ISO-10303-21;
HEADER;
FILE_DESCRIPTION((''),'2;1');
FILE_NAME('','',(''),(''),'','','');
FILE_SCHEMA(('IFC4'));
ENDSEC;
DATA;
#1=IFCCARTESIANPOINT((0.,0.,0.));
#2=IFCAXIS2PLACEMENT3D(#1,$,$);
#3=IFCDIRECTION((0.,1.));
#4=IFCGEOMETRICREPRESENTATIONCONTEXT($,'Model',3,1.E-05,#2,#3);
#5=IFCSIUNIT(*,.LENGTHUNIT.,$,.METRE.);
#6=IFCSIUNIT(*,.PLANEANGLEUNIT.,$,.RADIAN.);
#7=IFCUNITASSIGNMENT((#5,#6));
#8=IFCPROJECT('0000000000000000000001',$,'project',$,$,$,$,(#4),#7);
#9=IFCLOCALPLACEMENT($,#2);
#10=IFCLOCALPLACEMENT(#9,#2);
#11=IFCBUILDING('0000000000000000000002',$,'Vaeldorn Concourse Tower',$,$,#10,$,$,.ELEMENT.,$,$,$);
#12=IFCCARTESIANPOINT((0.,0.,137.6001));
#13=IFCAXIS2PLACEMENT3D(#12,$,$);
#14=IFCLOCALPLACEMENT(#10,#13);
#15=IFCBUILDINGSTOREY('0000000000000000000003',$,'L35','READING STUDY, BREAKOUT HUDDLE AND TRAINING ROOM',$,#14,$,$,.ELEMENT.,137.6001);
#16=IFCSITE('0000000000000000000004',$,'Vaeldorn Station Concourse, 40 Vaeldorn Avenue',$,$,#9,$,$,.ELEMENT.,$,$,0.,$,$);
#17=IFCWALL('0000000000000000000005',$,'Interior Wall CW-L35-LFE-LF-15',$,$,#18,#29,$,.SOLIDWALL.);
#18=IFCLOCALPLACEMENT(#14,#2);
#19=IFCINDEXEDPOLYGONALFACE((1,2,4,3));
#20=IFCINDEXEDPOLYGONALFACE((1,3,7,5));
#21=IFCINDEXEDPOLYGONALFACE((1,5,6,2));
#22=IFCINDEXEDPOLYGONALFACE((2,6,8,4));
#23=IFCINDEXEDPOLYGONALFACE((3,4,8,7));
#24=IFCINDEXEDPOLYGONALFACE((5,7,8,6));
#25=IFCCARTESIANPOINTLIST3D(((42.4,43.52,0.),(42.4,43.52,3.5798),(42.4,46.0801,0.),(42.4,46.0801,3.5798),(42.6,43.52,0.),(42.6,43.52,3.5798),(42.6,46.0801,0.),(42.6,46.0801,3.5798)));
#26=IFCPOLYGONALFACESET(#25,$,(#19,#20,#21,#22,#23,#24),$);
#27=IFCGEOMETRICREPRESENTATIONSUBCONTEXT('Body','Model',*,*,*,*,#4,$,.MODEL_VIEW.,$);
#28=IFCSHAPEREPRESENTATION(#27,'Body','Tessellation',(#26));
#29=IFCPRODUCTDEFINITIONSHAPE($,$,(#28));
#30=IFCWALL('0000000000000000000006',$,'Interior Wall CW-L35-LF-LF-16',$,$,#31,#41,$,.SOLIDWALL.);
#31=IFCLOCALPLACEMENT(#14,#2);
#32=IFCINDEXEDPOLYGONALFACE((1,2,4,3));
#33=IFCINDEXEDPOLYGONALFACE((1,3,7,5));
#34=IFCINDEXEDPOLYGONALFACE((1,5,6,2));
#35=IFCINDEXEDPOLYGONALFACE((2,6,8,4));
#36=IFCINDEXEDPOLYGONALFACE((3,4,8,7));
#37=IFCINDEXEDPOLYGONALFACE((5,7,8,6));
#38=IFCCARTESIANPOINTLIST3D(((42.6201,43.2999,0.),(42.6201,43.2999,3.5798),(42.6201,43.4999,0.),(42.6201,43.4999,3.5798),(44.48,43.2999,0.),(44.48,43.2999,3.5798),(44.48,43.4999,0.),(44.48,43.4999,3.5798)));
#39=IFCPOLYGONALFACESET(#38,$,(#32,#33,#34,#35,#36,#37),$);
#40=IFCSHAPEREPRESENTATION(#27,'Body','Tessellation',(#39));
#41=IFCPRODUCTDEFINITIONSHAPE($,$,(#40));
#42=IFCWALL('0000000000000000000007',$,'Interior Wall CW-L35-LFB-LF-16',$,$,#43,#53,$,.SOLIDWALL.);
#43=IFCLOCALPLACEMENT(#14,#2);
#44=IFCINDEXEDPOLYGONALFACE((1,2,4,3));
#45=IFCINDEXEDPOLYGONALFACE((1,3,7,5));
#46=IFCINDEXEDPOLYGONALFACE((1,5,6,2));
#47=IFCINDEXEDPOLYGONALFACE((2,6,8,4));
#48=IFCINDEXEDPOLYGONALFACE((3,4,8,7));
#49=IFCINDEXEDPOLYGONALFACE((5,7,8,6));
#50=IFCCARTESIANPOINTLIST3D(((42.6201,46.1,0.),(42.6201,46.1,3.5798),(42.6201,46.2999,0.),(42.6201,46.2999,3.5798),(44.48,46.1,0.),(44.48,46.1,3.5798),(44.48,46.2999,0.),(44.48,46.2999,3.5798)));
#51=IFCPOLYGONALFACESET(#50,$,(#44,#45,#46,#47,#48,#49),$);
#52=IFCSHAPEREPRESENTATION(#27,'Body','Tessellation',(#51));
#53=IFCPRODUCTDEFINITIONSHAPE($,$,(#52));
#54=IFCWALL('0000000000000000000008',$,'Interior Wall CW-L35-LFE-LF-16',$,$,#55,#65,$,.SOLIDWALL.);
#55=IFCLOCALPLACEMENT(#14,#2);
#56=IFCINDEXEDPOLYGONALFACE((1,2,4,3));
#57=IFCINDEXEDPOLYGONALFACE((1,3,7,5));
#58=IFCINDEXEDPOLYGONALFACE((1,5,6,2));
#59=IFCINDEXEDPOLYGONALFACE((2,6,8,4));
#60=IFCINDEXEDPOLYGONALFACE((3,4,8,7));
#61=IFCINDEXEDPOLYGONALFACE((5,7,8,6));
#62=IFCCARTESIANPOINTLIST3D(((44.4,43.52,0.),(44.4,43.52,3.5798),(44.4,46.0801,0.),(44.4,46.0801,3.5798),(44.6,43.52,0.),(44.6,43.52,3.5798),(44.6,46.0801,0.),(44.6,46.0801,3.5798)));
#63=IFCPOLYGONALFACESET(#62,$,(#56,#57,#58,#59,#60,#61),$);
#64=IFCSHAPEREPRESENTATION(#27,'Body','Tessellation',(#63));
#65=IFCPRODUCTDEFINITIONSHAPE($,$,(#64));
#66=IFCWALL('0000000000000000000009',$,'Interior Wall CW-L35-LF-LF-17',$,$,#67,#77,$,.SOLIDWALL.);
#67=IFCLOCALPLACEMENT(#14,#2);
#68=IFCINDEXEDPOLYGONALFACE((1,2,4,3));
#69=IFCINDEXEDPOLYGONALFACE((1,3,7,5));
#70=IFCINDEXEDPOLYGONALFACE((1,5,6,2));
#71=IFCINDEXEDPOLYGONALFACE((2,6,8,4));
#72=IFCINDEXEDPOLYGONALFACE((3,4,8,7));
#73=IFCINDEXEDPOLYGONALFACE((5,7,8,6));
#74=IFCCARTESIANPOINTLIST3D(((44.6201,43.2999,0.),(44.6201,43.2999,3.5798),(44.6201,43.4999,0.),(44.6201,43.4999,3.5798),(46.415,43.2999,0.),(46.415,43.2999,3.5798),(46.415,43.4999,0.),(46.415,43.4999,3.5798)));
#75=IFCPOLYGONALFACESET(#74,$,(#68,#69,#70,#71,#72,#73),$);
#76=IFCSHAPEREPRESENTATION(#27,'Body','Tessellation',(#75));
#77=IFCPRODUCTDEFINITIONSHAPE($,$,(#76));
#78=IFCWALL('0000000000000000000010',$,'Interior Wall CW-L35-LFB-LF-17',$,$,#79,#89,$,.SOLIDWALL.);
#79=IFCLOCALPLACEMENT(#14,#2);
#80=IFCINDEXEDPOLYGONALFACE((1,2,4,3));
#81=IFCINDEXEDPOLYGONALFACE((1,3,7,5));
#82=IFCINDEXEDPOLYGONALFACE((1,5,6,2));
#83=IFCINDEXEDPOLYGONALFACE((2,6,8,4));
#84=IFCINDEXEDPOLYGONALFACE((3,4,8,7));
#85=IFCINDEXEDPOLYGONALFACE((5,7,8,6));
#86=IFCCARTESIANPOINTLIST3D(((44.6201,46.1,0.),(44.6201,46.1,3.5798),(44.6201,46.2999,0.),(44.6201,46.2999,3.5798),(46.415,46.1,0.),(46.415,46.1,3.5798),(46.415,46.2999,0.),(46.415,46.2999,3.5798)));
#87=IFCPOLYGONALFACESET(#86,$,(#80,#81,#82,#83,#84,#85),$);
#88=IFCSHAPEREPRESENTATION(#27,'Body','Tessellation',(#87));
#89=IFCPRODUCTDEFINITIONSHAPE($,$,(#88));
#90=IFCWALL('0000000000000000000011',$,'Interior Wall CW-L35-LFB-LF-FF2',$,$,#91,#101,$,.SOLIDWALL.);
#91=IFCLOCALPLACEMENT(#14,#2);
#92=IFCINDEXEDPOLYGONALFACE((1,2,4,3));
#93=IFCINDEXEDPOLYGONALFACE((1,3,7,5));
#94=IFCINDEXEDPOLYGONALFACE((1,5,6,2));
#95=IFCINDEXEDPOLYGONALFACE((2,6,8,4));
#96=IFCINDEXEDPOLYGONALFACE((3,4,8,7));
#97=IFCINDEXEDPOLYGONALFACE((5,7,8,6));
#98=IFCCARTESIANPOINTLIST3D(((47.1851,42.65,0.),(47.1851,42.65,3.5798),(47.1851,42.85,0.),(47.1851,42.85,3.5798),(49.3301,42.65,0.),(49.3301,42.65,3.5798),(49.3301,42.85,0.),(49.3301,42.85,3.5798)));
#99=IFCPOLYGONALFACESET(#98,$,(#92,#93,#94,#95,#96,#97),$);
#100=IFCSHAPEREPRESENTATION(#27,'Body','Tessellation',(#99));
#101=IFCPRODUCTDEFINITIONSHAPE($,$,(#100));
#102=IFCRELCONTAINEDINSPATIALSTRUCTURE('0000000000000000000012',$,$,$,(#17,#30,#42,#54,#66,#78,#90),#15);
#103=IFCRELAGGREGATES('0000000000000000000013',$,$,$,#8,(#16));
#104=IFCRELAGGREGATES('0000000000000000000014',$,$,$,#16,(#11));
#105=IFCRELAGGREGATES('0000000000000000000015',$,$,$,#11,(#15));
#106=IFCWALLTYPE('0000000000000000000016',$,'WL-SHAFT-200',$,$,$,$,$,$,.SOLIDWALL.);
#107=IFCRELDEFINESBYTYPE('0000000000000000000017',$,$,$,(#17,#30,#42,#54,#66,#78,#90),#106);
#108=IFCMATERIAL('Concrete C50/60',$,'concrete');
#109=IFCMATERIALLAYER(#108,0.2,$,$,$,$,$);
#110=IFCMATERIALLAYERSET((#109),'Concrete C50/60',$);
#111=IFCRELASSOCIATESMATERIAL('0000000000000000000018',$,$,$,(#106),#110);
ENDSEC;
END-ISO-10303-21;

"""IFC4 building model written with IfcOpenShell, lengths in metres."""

from ifc_helpers import new_model, si_unit, direction, frame, frame_2d, origin, place, context, subcontext, project, spatial, rectangle, extrude, material, layer, layer_set, type_object, element, save


model = new_model("IFC4")

# Units and contexts
model_context = context("Model", 3, precision=1e-05, world=origin(), true_north=direction((0.0, 1.0)))
body_context = subcontext(model_context, "Body", "Model", "MODEL_VIEW")
ifc_project = project(units=[si_unit("LENGTHUNIT", "METRE"), si_unit("PLANEANGLEUNIT", "RADIAN")], contexts=[model_context])

# Site, building, storey
site_placement = place(None, origin())
site = spatial("IfcSite", under=ifc_project, at=site_placement, Name="Vaeldorn Station Concourse, 40 Vaeldorn Avenue", CompositionType="ELEMENT", RefElevation=0.0)
building_placement = place(site_placement, origin())
building = spatial("IfcBuilding", under=site, at=building_placement, Name="Vaeldorn Concourse Tower", CompositionType="ELEMENT")
storey_placement = place(building_placement, frame((0.0, 0.0, 137.6001)))
storey = spatial("IfcBuildingStorey", under=building, at=storey_placement, Name="L35", Description="READING STUDY, BREAKOUT HUDDLE AND TRAINING ROOM", CompositionType="ELEMENT", Elevation=137.6001)

# Shared definitions
ifc_material_1 = material(Name="Concrete C50/60", Category="concrete")
ifc_layer_1 = layer(ifc_material_1, 0.2)
ifc_layer_set_1 = layer_set([ifc_layer_1], Name="Concrete C50/60")
wall_type_1 = type_object("IfcWallType", Name="WL-SHAFT-200", PredefinedType="SOLIDWALL", material=ifc_layer_set_1)

# Walls
for number, where, z_axis, x_axis, name in (
    (1, (42.5, 43.52, 0.0), (0.0, 0.0, 1.0), (0.0, 1.0, 0.0), "Interior Wall CW-L35-LFE-LF-15"),
):
    element("IfcWall", number, at=place(storey_placement, frame(where, z_axis=z_axis, x_axis=x_axis)), inside=storey, type_object=wall_type_1, Name=name, PredefinedType="SOLIDWALL", context=body_context, shape_type="SweptSolid", body=[
        extrude(rectangle(XDim=2.5601, YDim=0.2, at=frame_2d((1.28, 0.0))), origin(), (0.0, 0.0, 1.0), 3.5798),
    ])
for number, where, z_axis, x_axis, name in (
    (2, (42.6201, 43.3999, 0.0), (0.0, 0.0, 1.0), (1.0, 0.0, 0.0), "Interior Wall CW-L35-LF-LF-16"),
    (3, (42.6201, 46.2, 0.0), (0.0, 0.0, 1.0), (1.0, 0.0, 0.0), "Interior Wall CW-L35-LFB-LF-16"),
):
    element("IfcWall", number, at=place(storey_placement, frame(where, z_axis=z_axis, x_axis=x_axis)), inside=storey, type_object=wall_type_1, Name=name, PredefinedType="SOLIDWALL", context=body_context, shape_type="SweptSolid", body=[
        extrude(rectangle(XDim=1.8599, YDim=0.2, at=frame_2d((0.9299, 0.0))), origin(), (0.0, 0.0, 1.0), 3.5798),
    ])
wall_1_placement = place(storey_placement, frame((44.5, 43.52, 0.0), z_axis=(0.0, 0.0, 1.0), x_axis=(0.0, 1.0, 0.0)))
element("IfcWall", 4, at=wall_1_placement, inside=storey, type_object=wall_type_1, Name="Interior Wall CW-L35-LFE-LF-16", PredefinedType="SOLIDWALL", context=body_context, shape_type="SweptSolid", body=[
    extrude(rectangle(XDim=2.5601, YDim=0.2, at=frame_2d((1.28, 0.0))), origin(), (0.0, 0.0, 1.0), 3.5798),
])
for number, where, z_axis, x_axis, name in (
    (5, (44.6201, 43.3999, 0.0), (0.0, 0.0, 1.0), (1.0, 0.0, 0.0), "Interior Wall CW-L35-LF-LF-17"),
    (6, (44.6201, 46.2, 0.0), (0.0, 0.0, 1.0), (1.0, 0.0, 0.0), "Interior Wall CW-L35-LFB-LF-17"),
):
    element("IfcWall", number, at=place(storey_placement, frame(where, z_axis=z_axis, x_axis=x_axis)), inside=storey, type_object=wall_type_1, Name=name, PredefinedType="SOLIDWALL", context=body_context, shape_type="SweptSolid", body=[
        extrude(rectangle(XDim=1.7949, YDim=0.2, at=frame_2d((0.8975, 0.0))), origin(), (0.0, 0.0, 1.0), 3.5798),
    ])

# Wall
wall_2_placement = place(storey_placement, frame((47.1851, 42.75, 0.0), z_axis=(0.0, 0.0, 1.0), x_axis=(1.0, 0.0, 0.0)))
element("IfcWall", 7, at=wall_2_placement, inside=storey, type_object=wall_type_1, Name="Interior Wall CW-L35-LFB-LF-FF2", PredefinedType="SOLIDWALL", context=body_context, shape_type="SweptSolid", body=[
    extrude(rectangle(XDim=2.145, YDim=0.2, at=frame_2d((1.0725, 0.0))), origin(), (0.0, 0.0, 1.0), 3.5798),
])

save(model, "model.ifc")
